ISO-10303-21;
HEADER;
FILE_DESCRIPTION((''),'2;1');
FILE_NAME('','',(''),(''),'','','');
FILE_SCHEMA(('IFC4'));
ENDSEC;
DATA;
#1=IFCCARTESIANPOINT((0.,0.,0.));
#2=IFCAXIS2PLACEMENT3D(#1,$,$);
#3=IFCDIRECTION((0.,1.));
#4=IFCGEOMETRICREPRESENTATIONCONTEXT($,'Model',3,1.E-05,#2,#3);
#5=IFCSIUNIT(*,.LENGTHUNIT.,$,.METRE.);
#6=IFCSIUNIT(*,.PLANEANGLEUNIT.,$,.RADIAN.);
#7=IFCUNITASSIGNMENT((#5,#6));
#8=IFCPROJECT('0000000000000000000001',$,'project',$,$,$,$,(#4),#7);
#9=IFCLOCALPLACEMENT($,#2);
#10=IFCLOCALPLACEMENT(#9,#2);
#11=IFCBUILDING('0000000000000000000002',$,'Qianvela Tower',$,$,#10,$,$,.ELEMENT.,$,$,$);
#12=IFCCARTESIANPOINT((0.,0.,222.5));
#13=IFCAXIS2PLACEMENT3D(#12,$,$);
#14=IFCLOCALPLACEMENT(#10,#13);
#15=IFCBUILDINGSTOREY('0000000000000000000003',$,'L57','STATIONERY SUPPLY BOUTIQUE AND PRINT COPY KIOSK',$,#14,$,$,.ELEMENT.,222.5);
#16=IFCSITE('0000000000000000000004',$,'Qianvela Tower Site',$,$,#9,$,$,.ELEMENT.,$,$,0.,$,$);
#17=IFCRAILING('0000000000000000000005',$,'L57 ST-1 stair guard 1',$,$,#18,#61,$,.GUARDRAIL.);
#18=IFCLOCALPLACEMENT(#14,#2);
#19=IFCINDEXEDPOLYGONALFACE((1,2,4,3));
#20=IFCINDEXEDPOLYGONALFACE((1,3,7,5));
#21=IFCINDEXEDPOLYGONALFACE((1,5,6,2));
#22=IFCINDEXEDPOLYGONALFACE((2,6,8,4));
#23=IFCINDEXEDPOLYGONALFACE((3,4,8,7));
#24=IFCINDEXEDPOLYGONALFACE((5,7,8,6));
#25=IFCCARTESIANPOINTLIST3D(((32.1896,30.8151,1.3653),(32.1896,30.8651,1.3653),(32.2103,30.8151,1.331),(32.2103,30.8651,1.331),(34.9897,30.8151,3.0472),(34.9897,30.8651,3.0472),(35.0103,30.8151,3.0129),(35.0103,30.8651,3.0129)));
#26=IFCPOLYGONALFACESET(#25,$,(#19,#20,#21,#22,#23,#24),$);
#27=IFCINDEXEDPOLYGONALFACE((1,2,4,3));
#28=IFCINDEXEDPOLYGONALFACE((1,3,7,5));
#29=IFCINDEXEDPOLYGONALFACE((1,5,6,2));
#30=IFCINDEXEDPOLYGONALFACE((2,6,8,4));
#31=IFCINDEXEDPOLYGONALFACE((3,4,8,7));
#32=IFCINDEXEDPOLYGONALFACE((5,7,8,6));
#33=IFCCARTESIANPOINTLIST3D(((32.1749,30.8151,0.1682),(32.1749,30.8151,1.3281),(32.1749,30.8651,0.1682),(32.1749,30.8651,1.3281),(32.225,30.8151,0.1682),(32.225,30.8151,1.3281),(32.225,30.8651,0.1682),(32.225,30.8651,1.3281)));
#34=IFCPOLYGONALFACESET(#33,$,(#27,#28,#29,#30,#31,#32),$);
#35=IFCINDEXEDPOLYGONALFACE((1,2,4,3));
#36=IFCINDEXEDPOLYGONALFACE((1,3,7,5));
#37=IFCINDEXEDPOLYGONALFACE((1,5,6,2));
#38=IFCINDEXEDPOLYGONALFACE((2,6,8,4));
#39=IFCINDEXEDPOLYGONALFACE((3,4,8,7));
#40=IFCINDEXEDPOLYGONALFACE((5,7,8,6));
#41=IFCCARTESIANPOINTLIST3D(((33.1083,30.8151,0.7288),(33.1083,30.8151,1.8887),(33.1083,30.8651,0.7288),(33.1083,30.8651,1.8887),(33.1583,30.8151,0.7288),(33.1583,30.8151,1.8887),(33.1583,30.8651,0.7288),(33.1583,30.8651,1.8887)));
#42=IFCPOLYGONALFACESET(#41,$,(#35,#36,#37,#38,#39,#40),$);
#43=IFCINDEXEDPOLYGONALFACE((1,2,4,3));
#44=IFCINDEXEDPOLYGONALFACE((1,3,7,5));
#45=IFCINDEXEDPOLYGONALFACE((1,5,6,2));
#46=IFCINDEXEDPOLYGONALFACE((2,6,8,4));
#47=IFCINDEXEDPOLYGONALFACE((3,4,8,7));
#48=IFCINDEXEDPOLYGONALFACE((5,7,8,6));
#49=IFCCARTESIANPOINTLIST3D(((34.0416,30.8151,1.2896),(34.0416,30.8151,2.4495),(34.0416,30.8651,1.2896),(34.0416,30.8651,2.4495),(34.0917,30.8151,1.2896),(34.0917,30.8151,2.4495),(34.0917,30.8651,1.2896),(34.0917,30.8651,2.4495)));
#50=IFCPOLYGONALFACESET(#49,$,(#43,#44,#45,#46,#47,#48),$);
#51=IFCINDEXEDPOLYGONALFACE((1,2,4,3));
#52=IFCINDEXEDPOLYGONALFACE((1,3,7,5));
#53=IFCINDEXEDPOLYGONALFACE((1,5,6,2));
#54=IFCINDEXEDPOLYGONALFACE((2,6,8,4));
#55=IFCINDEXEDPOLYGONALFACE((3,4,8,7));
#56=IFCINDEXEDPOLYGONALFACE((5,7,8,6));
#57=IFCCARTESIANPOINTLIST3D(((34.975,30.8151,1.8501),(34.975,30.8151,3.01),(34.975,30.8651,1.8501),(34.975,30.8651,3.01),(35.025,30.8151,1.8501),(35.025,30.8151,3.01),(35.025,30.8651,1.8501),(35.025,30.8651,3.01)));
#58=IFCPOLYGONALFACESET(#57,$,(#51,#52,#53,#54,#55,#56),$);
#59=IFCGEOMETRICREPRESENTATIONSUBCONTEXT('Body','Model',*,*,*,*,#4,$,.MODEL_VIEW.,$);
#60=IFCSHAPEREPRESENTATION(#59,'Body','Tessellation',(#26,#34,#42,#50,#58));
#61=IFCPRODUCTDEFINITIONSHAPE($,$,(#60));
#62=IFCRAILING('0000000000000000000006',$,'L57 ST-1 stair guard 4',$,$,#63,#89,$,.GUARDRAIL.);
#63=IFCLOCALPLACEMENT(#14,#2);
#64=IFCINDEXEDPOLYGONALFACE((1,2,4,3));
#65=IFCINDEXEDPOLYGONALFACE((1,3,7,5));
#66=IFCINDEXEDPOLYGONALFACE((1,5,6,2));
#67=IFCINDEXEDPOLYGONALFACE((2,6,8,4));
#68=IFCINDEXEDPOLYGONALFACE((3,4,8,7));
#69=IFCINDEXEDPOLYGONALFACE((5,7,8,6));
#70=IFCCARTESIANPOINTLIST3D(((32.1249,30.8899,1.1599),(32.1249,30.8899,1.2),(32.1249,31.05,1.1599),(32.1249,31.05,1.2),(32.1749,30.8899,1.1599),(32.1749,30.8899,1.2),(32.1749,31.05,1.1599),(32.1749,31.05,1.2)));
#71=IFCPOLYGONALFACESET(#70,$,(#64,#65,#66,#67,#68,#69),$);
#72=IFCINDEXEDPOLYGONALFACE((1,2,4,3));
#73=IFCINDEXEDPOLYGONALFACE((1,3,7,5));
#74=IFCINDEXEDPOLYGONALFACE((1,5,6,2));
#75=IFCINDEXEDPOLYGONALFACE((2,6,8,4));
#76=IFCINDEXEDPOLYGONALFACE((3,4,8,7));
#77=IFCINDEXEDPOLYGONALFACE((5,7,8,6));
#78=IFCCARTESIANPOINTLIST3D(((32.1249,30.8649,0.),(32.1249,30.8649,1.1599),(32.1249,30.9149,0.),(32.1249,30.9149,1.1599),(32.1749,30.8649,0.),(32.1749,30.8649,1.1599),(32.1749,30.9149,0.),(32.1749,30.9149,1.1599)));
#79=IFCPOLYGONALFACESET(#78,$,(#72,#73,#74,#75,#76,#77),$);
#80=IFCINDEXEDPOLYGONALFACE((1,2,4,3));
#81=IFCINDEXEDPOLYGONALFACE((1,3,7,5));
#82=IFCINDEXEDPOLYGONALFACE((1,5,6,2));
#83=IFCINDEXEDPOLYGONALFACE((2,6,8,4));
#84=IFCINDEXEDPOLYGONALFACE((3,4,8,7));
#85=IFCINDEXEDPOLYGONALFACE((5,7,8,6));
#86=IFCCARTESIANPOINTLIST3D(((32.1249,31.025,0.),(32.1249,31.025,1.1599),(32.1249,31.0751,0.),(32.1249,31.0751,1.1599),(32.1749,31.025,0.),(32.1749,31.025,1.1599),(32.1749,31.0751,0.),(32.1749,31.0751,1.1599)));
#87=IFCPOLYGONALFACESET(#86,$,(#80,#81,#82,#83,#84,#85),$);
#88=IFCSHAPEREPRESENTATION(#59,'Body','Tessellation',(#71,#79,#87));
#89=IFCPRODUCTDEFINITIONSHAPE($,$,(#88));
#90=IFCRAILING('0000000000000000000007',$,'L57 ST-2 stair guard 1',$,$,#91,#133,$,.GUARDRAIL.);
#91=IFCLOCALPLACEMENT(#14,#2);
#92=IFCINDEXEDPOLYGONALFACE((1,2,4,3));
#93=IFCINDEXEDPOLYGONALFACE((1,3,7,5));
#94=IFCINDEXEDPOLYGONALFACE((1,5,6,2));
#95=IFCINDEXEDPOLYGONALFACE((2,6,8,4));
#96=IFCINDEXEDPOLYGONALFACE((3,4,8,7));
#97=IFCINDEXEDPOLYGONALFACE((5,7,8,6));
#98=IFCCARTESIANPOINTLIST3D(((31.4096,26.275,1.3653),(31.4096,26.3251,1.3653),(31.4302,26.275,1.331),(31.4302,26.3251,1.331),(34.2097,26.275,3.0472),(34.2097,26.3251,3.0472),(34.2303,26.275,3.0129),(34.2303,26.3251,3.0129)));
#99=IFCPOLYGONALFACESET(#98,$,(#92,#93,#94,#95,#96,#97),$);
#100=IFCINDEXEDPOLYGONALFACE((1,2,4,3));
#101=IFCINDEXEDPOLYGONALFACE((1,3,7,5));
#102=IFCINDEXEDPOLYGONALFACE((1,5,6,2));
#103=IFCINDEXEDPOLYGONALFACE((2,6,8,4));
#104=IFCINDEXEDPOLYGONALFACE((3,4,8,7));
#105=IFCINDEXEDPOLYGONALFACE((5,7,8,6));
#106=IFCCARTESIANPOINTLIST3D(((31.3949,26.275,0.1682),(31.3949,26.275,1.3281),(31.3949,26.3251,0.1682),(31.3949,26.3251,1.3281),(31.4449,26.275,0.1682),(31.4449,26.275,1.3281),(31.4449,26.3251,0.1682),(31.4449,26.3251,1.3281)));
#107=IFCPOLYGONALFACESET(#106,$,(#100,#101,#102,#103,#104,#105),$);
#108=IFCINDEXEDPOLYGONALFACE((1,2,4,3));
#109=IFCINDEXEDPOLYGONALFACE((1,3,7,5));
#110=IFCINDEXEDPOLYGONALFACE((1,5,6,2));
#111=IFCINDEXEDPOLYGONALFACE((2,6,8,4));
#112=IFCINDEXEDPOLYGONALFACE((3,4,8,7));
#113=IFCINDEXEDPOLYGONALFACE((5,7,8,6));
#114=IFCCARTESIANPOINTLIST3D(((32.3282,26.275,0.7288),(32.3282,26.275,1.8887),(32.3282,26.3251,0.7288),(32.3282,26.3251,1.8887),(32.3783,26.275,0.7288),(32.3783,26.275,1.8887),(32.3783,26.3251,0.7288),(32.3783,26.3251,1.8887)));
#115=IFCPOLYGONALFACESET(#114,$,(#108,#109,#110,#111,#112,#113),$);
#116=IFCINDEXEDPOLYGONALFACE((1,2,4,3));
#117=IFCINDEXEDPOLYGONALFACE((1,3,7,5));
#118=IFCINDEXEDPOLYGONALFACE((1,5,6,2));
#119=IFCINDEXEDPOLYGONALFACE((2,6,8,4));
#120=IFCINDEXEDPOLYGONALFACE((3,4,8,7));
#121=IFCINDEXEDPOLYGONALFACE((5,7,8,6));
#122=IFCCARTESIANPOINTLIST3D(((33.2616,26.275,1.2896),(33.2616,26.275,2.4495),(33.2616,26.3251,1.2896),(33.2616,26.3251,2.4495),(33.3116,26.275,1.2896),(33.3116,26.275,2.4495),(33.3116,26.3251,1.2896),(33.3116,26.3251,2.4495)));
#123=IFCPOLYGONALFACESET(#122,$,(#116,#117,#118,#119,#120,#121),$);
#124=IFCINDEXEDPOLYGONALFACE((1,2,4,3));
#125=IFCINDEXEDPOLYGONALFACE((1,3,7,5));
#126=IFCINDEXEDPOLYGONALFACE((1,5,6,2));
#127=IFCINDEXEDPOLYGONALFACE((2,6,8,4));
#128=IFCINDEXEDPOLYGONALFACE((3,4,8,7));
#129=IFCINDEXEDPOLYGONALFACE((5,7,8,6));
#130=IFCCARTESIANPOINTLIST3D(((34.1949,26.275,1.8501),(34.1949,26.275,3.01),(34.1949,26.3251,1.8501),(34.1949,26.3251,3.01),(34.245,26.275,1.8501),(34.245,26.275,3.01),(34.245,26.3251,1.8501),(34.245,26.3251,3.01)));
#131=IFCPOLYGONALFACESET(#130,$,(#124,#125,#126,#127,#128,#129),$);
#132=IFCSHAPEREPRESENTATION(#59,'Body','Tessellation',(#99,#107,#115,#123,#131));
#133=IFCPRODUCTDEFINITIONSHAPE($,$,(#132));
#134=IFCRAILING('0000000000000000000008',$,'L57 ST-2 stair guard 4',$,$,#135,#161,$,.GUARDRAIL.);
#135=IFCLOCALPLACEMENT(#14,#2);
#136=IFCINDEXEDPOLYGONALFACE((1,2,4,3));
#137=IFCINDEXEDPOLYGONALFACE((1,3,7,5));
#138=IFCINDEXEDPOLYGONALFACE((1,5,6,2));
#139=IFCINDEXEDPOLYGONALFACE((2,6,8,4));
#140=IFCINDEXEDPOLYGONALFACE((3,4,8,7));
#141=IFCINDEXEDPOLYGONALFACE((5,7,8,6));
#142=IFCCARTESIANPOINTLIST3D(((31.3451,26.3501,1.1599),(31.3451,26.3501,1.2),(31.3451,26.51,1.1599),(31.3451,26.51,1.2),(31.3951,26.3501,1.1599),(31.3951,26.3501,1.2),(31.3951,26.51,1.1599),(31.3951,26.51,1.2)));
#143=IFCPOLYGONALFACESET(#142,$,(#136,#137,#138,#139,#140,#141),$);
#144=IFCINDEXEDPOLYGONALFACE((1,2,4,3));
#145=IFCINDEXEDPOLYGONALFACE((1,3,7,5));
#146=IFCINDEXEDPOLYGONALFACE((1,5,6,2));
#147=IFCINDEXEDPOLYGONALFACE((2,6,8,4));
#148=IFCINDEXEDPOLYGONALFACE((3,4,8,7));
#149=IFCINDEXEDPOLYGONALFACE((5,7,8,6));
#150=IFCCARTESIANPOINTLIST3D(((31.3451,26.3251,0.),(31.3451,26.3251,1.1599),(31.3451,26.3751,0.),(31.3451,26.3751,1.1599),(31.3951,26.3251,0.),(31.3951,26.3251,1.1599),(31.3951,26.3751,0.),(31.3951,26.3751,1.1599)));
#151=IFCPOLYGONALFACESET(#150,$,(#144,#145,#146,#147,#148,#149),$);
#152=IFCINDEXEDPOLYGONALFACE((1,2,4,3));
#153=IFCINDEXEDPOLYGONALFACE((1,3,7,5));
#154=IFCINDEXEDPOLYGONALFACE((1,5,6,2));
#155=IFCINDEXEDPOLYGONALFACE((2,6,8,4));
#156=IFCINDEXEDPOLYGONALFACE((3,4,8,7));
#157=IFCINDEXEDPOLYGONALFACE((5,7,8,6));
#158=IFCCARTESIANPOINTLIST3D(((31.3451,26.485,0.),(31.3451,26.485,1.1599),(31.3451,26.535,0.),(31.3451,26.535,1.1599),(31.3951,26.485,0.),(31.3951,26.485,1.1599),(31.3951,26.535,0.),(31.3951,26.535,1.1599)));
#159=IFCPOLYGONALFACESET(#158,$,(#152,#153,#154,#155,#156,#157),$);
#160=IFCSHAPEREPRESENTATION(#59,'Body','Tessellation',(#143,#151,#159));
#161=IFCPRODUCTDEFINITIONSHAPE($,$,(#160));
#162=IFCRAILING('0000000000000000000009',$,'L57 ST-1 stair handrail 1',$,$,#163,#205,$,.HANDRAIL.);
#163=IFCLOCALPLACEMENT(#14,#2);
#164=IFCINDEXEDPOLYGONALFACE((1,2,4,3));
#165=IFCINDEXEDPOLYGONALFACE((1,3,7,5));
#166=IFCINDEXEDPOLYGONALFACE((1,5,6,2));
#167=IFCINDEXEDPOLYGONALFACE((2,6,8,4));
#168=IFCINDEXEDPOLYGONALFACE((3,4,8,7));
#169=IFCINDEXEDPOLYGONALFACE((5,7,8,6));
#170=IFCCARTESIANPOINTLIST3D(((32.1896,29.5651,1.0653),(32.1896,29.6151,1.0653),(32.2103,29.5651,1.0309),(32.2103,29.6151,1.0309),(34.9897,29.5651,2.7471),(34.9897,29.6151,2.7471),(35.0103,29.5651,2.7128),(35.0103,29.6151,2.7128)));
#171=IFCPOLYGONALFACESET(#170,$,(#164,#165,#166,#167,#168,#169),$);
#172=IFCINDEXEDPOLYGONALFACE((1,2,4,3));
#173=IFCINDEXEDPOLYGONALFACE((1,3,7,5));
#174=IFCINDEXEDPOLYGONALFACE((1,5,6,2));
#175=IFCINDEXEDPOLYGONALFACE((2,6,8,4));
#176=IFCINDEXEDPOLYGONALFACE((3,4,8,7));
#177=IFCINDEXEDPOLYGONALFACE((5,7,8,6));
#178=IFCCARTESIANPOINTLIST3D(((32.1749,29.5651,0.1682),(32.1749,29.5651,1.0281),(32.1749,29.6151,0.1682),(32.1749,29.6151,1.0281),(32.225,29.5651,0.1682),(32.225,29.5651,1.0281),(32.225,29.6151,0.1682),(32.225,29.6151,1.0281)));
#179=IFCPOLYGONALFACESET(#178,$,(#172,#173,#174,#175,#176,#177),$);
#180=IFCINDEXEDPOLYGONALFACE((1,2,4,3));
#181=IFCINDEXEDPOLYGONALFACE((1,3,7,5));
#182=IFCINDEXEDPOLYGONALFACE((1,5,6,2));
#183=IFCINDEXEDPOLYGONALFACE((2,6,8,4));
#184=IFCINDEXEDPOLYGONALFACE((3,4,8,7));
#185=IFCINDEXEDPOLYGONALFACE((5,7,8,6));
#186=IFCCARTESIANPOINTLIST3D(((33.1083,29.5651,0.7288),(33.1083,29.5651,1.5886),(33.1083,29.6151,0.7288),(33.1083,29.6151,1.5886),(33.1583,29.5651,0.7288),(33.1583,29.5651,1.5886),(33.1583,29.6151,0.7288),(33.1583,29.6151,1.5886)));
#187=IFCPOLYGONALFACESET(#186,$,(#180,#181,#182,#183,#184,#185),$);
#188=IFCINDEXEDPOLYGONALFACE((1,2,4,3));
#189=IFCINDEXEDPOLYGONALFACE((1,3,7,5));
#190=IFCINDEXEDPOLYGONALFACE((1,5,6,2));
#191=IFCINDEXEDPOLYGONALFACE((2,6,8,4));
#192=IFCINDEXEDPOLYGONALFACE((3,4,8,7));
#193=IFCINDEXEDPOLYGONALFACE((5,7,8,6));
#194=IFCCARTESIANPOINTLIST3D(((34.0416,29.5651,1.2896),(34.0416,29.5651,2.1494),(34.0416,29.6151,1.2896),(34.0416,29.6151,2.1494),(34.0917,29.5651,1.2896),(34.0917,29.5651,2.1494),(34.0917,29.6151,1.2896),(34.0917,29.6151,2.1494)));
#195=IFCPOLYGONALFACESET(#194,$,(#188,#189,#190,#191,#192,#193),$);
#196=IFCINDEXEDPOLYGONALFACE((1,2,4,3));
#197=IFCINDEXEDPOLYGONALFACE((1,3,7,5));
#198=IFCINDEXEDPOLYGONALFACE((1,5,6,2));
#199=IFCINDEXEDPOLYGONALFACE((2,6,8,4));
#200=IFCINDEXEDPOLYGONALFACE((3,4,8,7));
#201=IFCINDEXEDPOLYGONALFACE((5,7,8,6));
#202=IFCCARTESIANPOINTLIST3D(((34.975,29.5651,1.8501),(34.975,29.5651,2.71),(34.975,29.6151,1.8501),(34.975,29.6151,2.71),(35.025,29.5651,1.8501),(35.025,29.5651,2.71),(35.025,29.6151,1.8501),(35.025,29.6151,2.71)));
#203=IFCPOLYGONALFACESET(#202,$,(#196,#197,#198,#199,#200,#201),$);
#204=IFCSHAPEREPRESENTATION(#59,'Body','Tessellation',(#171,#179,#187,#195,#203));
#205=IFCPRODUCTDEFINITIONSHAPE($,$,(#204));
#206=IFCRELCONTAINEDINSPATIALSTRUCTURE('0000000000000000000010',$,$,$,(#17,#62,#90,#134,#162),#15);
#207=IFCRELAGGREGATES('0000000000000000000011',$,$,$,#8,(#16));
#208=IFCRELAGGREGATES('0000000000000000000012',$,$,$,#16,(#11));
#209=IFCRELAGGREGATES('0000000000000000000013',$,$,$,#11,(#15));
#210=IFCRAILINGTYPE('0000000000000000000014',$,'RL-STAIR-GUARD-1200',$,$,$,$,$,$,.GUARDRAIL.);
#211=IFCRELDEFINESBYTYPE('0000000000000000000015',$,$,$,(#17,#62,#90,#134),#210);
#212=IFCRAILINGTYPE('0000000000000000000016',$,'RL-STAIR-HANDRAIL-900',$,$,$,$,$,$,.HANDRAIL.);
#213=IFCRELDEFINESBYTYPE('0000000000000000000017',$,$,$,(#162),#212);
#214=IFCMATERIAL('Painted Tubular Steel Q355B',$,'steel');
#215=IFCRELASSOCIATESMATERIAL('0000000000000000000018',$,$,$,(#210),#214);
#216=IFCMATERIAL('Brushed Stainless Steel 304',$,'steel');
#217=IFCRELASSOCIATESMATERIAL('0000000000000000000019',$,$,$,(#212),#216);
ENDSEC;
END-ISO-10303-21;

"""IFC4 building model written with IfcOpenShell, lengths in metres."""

from ifc_helpers import new_model, si_unit, direction, frame, origin, origin_2d, place, context, subcontext, project, spatial, rectangle, extrude, material, type_object, element, save


model = new_model("IFC4")

# Units and contexts
model_context = context("Model", 3, precision=1e-05, world=origin(), true_north=direction((0.0, 1.0)))
body_context = subcontext(model_context, "Body", "Model", "MODEL_VIEW")
ifc_project = project(units=[si_unit("LENGTHUNIT", "METRE"), si_unit("PLANEANGLEUNIT", "RADIAN")], contexts=[model_context])

# Site, building, storey
site_placement = place(None, origin())
site = spatial("IfcSite", under=ifc_project, at=site_placement, Name="Qianvela Tower Site", CompositionType="ELEMENT", RefElevation=0.0)
building_placement = place(site_placement, origin())
building = spatial("IfcBuilding", under=site, at=building_placement, Name="Qianvela Tower", CompositionType="ELEMENT")
storey_placement = place(building_placement, frame((0.0, 0.0, 222.5)))
storey = spatial("IfcBuildingStorey", under=building, at=storey_placement, Name="L57", Description="STATIONERY SUPPLY BOUTIQUE AND PRINT COPY KIOSK", CompositionType="ELEMENT", Elevation=222.5)

# Railings
ifc_material_1 = material(Name="Painted Tubular Steel Q355B", Category="steel")
railing_type_1 = type_object("IfcRailingType", Name="RL-STAIR-GUARD-1200", PredefinedType="GUARDRAIL", material=ifc_material_1)
railing_1_placement = place(storey_placement, frame((32.2, 30.8401, 0.1682)))
element("IfcRailing", 1, at=railing_1_placement, inside=storey, type_object=railing_type_1, Name="L57 ST-1 stair guard 1", PredefinedType="GUARDRAIL", context=body_context, shape_type="SweptSolid", body=[
    extrude(rectangle(XDim=0.05, YDim=0.04, at=origin_2d()), frame((0.0, 0.0, 1.1799), z_axis=(0.857242, 0.0, 0.514913), x_axis=(0.0, 1.0, 0.0)), (0.0, 0.0, 1.0), 3.2664),
    extrude(rectangle(XDim=0.05, YDim=0.05, at=origin_2d()), origin(), (0.0, 0.0, 1.0), 1.1599),
    extrude(rectangle(XDim=0.05, YDim=0.05, at=origin_2d()), frame((0.9333, 0.0, 0.5605)), (0.0, 0.0, 1.0), 1.1599),
    extrude(rectangle(XDim=0.05, YDim=0.05, at=origin_2d()), frame((1.8667, 0.0, 1.1213)), (0.0, 0.0, 1.0), 1.1599),
    extrude(rectangle(XDim=0.05, YDim=0.05, at=origin_2d()), frame((2.8, 0.0, 1.6819)), (0.0, 0.0, 1.0), 1.1599),
])
railing_2_placement = place(storey_placement, frame((32.1499, 30.8899, 0.0)))
element("IfcRailing", 2, at=railing_2_placement, inside=storey, type_object=railing_type_1, Name="L57 ST-1 stair guard 4", PredefinedType="GUARDRAIL", context=body_context, shape_type="SweptSolid", body=[
    extrude(rectangle(XDim=0.05, YDim=0.04, at=origin_2d()), frame((0.0, 0.0, 1.1799), z_axis=(0.0, 1.0, 0.0), x_axis=(-1.0, 0.0, 0.0)), (0.0, 0.0, 1.0), 0.1602),
    extrude(rectangle(XDim=0.05, YDim=0.05, at=origin_2d()), origin(), (0.0, 0.0, 1.0), 1.1599),
    extrude(rectangle(XDim=0.05, YDim=0.05, at=origin_2d()), frame((0.0, 0.1602, 0.0)), (0.0, 0.0, 1.0), 1.1599),
])
railing_3_placement = place(storey_placement, frame((31.4199, 26.3, 0.1682)))
element("IfcRailing", 3, at=railing_3_placement, inside=storey, type_object=railing_type_1, Name="L57 ST-2 stair guard 1", PredefinedType="GUARDRAIL", context=body_context, shape_type="SweptSolid", body=[
    extrude(rectangle(XDim=0.05, YDim=0.04, at=origin_2d()), frame((0.0, 0.0, 1.1799), z_axis=(0.857242, 0.0, 0.514913), x_axis=(0.0, 1.0, 0.0)), (0.0, 0.0, 1.0), 3.2664),
    extrude(rectangle(XDim=0.05, YDim=0.05, at=origin_2d()), origin(), (0.0, 0.0, 1.0), 1.1599),
    extrude(rectangle(XDim=0.05, YDim=0.05, at=origin_2d()), frame((0.9333, 0.0, 0.5605)), (0.0, 0.0, 1.0), 1.1599),
    extrude(rectangle(XDim=0.05, YDim=0.05, at=origin_2d()), frame((1.8667, 0.0, 1.1213)), (0.0, 0.0, 1.0), 1.1599),
    extrude(rectangle(XDim=0.05, YDim=0.05, at=origin_2d()), frame((2.8, 0.0, 1.6819)), (0.0, 0.0, 1.0), 1.1599),
])
railing_4_placement = place(storey_placement, frame((31.3701, 26.3501, 0.0)))
element("IfcRailing", 4, at=railing_4_placement, inside=storey, type_object=railing_type_1, Name="L57 ST-2 stair guard 4", PredefinedType="GUARDRAIL", context=body_context, shape_type="SweptSolid", body=[
    extrude(rectangle(XDim=0.05, YDim=0.04, at=origin_2d()), frame((0.0, 0.0, 1.1799), z_axis=(0.0, 1.0, 0.0), x_axis=(-1.0, 0.0, 0.0)), (0.0, 0.0, 1.0), 0.1599),
    extrude(rectangle(XDim=0.05, YDim=0.05, at=origin_2d()), origin(), (0.0, 0.0, 1.0), 1.1599),
    extrude(rectangle(XDim=0.05, YDim=0.05, at=origin_2d()), frame((0.0, 0.1599, 0.0)), (0.0, 0.0, 1.0), 1.1599),
])
ifc_material_2 = material(Name="Brushed Stainless Steel 304", Category="steel")
railing_type_2 = type_object("IfcRailingType", Name="RL-STAIR-HANDRAIL-900", PredefinedType="HANDRAIL", material=ifc_material_2)
for number, where, name in (
    (5, (32.2, 29.5901, 0.1682), "L57 ST-1 stair handrail 1"),
):
    element("IfcRailing", number, at=place(storey_placement, frame(where)), inside=storey, type_object=railing_type_2, Name=name, PredefinedType="HANDRAIL", context=body_context, shape_type="SweptSolid", body=[
        extrude(rectangle(XDim=0.05, YDim=0.04, at=origin_2d()), frame((0.0, 0.0, 0.8799), z_axis=(0.857242, 0.0, 0.514913), x_axis=(0.0, 1.0, 0.0)), (0.0, 0.0, 1.0), 3.2664),
        extrude(rectangle(XDim=0.05, YDim=0.05, at=origin_2d()), origin(), (0.0, 0.0, 1.0), 0.8599),
        extrude(rectangle(XDim=0.05, YDim=0.05, at=origin_2d()), frame((0.9333, 0.0, 0.5605)), (0.0, 0.0, 1.0), 0.8599),
        extrude(rectangle(XDim=0.05, YDim=0.05, at=origin_2d()), frame((1.8667, 0.0, 1.1213)), (0.0, 0.0, 1.0), 0.8599),
        extrude(rectangle(XDim=0.05, YDim=0.05, at=origin_2d()), frame((2.8, 0.0, 1.6819)), (0.0, 0.0, 1.0), 0.8599),
    ])

save(model, "model.ifc")
